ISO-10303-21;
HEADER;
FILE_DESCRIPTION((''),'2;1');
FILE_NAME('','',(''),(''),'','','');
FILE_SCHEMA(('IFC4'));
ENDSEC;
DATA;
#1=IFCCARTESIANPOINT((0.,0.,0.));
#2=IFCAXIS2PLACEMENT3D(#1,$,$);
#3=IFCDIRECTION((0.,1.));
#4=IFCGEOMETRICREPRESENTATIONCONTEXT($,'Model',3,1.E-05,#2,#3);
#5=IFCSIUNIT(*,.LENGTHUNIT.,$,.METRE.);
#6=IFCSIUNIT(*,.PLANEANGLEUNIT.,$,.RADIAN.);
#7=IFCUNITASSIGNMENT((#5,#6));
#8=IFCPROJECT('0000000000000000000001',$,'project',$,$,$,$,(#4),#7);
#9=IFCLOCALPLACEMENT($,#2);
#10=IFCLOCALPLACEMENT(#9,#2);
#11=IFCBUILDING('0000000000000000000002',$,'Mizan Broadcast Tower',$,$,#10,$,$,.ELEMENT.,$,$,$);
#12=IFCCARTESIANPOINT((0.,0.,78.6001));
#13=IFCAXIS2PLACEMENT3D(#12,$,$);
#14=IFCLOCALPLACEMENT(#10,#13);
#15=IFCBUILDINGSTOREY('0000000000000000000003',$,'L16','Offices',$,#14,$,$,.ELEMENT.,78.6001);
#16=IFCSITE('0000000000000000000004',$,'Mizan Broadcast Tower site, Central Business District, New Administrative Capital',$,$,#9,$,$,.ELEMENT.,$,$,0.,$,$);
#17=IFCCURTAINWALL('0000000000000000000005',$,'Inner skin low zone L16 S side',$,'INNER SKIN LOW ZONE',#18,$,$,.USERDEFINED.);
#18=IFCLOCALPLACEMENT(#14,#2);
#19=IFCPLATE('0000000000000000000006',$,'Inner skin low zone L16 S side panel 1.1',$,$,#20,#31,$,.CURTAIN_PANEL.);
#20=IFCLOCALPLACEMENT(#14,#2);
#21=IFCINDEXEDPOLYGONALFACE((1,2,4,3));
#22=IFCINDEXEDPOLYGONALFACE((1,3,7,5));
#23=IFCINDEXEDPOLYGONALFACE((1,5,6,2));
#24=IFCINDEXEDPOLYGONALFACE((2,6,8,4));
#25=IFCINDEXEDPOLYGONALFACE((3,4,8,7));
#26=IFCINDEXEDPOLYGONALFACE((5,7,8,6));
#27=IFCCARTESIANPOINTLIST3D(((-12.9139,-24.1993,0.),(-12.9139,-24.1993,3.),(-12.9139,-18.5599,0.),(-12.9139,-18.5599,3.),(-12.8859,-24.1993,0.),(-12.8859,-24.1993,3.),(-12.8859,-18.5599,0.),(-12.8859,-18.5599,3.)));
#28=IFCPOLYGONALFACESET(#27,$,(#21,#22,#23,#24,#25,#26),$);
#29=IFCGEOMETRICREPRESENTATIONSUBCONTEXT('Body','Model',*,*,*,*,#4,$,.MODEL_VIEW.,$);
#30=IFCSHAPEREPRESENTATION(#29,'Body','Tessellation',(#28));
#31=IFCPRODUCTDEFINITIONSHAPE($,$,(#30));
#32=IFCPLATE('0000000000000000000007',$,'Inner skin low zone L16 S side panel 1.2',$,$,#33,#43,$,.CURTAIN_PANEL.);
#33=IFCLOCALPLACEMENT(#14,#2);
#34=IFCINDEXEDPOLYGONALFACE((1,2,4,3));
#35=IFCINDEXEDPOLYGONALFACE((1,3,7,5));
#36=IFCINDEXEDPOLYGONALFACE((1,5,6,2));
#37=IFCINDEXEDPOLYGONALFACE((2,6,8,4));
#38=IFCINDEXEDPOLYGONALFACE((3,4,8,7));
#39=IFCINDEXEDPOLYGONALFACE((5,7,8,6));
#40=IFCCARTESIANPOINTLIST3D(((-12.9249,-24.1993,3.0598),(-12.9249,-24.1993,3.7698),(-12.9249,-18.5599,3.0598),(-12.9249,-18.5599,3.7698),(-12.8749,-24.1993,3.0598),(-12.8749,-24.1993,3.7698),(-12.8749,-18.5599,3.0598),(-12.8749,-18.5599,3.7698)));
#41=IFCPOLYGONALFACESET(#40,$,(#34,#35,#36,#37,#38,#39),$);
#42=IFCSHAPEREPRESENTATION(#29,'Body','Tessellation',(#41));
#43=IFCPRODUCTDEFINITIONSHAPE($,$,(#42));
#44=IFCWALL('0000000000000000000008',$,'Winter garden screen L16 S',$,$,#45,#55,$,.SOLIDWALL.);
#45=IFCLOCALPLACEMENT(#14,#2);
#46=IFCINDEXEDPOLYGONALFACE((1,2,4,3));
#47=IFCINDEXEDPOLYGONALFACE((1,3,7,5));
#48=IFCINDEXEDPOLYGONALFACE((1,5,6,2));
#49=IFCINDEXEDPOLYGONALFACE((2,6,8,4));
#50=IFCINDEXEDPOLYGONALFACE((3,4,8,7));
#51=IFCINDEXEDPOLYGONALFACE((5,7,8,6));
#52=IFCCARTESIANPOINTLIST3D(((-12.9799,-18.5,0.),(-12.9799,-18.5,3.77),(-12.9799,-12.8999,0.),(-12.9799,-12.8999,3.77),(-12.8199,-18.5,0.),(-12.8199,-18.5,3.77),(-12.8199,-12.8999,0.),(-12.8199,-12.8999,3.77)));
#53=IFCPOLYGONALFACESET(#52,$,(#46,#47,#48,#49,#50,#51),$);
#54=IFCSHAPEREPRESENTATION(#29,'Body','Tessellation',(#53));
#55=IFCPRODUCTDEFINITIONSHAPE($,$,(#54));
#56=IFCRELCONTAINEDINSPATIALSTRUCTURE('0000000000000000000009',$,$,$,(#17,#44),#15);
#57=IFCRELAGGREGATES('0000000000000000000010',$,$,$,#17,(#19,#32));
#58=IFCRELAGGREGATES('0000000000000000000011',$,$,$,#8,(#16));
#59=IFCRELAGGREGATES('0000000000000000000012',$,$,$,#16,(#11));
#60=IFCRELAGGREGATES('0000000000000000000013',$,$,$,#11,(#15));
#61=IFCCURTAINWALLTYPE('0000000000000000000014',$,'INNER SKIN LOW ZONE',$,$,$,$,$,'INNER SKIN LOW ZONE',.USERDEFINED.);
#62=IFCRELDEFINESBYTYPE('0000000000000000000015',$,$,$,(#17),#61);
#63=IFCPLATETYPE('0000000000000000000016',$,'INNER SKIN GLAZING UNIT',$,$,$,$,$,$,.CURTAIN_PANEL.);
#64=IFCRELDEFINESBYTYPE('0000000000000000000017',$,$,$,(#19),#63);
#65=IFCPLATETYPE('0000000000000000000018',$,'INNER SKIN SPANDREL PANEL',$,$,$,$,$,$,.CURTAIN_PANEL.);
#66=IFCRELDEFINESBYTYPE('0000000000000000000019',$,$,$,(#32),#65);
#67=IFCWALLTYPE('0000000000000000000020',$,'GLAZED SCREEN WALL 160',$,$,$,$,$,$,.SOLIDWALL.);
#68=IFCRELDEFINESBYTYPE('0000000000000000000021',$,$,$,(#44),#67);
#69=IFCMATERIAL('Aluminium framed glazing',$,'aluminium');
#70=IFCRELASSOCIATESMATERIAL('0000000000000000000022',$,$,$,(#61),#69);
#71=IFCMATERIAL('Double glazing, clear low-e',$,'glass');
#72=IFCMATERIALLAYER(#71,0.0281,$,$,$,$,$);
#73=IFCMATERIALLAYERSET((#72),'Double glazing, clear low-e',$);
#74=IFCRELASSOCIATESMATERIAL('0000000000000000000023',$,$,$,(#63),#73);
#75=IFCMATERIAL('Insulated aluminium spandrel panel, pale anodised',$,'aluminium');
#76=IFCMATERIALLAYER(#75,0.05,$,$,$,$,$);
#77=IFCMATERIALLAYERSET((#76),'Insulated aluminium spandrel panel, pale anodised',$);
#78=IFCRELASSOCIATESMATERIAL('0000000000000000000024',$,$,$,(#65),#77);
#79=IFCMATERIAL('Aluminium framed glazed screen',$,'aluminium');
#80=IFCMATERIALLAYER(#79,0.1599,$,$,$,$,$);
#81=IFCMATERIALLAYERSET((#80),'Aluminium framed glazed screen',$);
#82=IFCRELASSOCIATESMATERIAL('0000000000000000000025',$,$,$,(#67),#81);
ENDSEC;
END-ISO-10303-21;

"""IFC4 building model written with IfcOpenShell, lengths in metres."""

from ifc_helpers import new_model, si_unit, direction, frame, frame_2d, origin, origin_2d, place, context, subcontext, project, spatial, rectangle, extrude, material, layer, layer_set, type_object, element, aggregate, save


model = new_model("IFC4")

# Units and contexts
model_context = context("Model", 3, precision=1e-05, world=origin(), true_north=direction((0.0, 1.0)))
body_context = subcontext(model_context, "Body", "Model", "MODEL_VIEW")
ifc_project = project(units=[si_unit("LENGTHUNIT", "METRE"), si_unit("PLANEANGLEUNIT", "RADIAN")], contexts=[model_context])

# Site, building, storey
site_placement = place(None, origin())
site = spatial("IfcSite", under=ifc_project, at=site_placement, Name="Mizan Broadcast Tower site, Central Business District, New Administrative Capital", CompositionType="ELEMENT", RefElevation=0.0)
building_placement = place(site_placement, origin())
building = spatial("IfcBuilding", under=site, at=building_placement, Name="Mizan Broadcast Tower", CompositionType="ELEMENT")
storey_placement = place(building_placement, frame((0.0, 0.0, 78.6001)))
storey = spatial("IfcBuildingStorey", under=building, at=storey_placement, Name="L16", Description="Offices", CompositionType="ELEMENT", Elevation=78.6001)

# Curtain wall
ifc_material_1 = material(Name="Aluminium framed glazing", Category="aluminium")
curtain_wall_type_1 = type_object("IfcCurtainWallType", Name="INNER SKIN LOW ZONE", ElementType="INNER SKIN LOW ZONE", PredefinedType="USERDEFINED", material=ifc_material_1)
curtain_wall_1_placement = place(storey_placement, origin())
curtain_wall_1 = element("IfcCurtainWall", 1, at=curtain_wall_1_placement, inside=storey, type_object=curtain_wall_type_1, Name="Inner skin low zone L16 S side", ObjectType="INNER SKIN LOW ZONE", PredefinedType="USERDEFINED")

# Plates
ifc_material_2 = material(Name="Double glazing, clear low-e", Category="glass")
ifc_layer_1 = layer(ifc_material_2, 0.0281)
ifc_layer_set_1 = layer_set([ifc_layer_1], Name="Double glazing, clear low-e")
plate_type_1 = type_object("IfcPlateType", Name="INNER SKIN GLAZING UNIT", PredefinedType="CURTAIN_PANEL", material=ifc_layer_set_1)
plate_1_placement = place(storey_placement, frame((-12.8999, -21.3796, 0.0), z_axis=(0.0, 0.0, 1.0), x_axis=(0.0, -1.0, 0.0)))
plate_1 = element("IfcPlate", 2, at=plate_1_placement, type_object=plate_type_1, Name="Inner skin low zone L16 S side panel 1.1", PredefinedType="CURTAIN_PANEL", context=body_context, shape_type="SweptSolid", body=[
    extrude(rectangle(XDim=5.6394, YDim=0.0281, at=origin_2d()), origin(), (0.0, 0.0, 1.0), 3.0),
])
ifc_material_3 = material(Name="Insulated aluminium spandrel panel, pale anodised", Category="aluminium")
ifc_layer_2 = layer(ifc_material_3, 0.05)
ifc_layer_set_2 = layer_set([ifc_layer_2], Name="Insulated aluminium spandrel panel, pale anodised")
plate_type_2 = type_object("IfcPlateType", Name="INNER SKIN SPANDREL PANEL", PredefinedType="CURTAIN_PANEL", material=ifc_layer_set_2)
plate_2_placement = place(storey_placement, frame((-12.8999, -21.3796, 3.0598), z_axis=(0.0, 0.0, 1.0), x_axis=(0.0, -1.0, 0.0)))
plate_2 = element("IfcPlate", 3, at=plate_2_placement, type_object=plate_type_2, Name="Inner skin low zone L16 S side panel 1.2", PredefinedType="CURTAIN_PANEL", context=body_context, shape_type="SweptSolid", body=[
    extrude(rectangle(XDim=5.6394, YDim=0.05, at=origin_2d()), origin(), (0.0, 0.0, 1.0), 0.71),
])
aggregate(curtain_wall_1, [plate_1, plate_2])

# Wall
ifc_material_4 = material(Name="Aluminium framed glazed screen", Category="aluminium")
ifc_layer_3 = layer(ifc_material_4, 0.1599)
ifc_layer_set_3 = layer_set([ifc_layer_3], Name="Aluminium framed glazed screen")
wall_type = type_object("IfcWallType", Name="GLAZED SCREEN WALL 160", PredefinedType="SOLIDWALL", material=ifc_layer_set_3)
wall_placement = place(storey_placement, frame((-12.8999, -12.8999, 0.0), z_axis=(0.0, 0.0, 1.0), x_axis=(0.0, -1.0, 0.0)))
element("IfcWall", 4, at=wall_placement, inside=storey, type_object=wall_type, Name="Winter garden screen L16 S", PredefinedType="SOLIDWALL", context=body_context, shape_type="SweptSolid", body=[
    extrude(rectangle(XDim=5.6001, YDim=0.1599, at=frame_2d((2.8, 0.0))), origin(), (0.0, 0.0, 1.0), 3.77),
])

save(model, "model.ifc")
